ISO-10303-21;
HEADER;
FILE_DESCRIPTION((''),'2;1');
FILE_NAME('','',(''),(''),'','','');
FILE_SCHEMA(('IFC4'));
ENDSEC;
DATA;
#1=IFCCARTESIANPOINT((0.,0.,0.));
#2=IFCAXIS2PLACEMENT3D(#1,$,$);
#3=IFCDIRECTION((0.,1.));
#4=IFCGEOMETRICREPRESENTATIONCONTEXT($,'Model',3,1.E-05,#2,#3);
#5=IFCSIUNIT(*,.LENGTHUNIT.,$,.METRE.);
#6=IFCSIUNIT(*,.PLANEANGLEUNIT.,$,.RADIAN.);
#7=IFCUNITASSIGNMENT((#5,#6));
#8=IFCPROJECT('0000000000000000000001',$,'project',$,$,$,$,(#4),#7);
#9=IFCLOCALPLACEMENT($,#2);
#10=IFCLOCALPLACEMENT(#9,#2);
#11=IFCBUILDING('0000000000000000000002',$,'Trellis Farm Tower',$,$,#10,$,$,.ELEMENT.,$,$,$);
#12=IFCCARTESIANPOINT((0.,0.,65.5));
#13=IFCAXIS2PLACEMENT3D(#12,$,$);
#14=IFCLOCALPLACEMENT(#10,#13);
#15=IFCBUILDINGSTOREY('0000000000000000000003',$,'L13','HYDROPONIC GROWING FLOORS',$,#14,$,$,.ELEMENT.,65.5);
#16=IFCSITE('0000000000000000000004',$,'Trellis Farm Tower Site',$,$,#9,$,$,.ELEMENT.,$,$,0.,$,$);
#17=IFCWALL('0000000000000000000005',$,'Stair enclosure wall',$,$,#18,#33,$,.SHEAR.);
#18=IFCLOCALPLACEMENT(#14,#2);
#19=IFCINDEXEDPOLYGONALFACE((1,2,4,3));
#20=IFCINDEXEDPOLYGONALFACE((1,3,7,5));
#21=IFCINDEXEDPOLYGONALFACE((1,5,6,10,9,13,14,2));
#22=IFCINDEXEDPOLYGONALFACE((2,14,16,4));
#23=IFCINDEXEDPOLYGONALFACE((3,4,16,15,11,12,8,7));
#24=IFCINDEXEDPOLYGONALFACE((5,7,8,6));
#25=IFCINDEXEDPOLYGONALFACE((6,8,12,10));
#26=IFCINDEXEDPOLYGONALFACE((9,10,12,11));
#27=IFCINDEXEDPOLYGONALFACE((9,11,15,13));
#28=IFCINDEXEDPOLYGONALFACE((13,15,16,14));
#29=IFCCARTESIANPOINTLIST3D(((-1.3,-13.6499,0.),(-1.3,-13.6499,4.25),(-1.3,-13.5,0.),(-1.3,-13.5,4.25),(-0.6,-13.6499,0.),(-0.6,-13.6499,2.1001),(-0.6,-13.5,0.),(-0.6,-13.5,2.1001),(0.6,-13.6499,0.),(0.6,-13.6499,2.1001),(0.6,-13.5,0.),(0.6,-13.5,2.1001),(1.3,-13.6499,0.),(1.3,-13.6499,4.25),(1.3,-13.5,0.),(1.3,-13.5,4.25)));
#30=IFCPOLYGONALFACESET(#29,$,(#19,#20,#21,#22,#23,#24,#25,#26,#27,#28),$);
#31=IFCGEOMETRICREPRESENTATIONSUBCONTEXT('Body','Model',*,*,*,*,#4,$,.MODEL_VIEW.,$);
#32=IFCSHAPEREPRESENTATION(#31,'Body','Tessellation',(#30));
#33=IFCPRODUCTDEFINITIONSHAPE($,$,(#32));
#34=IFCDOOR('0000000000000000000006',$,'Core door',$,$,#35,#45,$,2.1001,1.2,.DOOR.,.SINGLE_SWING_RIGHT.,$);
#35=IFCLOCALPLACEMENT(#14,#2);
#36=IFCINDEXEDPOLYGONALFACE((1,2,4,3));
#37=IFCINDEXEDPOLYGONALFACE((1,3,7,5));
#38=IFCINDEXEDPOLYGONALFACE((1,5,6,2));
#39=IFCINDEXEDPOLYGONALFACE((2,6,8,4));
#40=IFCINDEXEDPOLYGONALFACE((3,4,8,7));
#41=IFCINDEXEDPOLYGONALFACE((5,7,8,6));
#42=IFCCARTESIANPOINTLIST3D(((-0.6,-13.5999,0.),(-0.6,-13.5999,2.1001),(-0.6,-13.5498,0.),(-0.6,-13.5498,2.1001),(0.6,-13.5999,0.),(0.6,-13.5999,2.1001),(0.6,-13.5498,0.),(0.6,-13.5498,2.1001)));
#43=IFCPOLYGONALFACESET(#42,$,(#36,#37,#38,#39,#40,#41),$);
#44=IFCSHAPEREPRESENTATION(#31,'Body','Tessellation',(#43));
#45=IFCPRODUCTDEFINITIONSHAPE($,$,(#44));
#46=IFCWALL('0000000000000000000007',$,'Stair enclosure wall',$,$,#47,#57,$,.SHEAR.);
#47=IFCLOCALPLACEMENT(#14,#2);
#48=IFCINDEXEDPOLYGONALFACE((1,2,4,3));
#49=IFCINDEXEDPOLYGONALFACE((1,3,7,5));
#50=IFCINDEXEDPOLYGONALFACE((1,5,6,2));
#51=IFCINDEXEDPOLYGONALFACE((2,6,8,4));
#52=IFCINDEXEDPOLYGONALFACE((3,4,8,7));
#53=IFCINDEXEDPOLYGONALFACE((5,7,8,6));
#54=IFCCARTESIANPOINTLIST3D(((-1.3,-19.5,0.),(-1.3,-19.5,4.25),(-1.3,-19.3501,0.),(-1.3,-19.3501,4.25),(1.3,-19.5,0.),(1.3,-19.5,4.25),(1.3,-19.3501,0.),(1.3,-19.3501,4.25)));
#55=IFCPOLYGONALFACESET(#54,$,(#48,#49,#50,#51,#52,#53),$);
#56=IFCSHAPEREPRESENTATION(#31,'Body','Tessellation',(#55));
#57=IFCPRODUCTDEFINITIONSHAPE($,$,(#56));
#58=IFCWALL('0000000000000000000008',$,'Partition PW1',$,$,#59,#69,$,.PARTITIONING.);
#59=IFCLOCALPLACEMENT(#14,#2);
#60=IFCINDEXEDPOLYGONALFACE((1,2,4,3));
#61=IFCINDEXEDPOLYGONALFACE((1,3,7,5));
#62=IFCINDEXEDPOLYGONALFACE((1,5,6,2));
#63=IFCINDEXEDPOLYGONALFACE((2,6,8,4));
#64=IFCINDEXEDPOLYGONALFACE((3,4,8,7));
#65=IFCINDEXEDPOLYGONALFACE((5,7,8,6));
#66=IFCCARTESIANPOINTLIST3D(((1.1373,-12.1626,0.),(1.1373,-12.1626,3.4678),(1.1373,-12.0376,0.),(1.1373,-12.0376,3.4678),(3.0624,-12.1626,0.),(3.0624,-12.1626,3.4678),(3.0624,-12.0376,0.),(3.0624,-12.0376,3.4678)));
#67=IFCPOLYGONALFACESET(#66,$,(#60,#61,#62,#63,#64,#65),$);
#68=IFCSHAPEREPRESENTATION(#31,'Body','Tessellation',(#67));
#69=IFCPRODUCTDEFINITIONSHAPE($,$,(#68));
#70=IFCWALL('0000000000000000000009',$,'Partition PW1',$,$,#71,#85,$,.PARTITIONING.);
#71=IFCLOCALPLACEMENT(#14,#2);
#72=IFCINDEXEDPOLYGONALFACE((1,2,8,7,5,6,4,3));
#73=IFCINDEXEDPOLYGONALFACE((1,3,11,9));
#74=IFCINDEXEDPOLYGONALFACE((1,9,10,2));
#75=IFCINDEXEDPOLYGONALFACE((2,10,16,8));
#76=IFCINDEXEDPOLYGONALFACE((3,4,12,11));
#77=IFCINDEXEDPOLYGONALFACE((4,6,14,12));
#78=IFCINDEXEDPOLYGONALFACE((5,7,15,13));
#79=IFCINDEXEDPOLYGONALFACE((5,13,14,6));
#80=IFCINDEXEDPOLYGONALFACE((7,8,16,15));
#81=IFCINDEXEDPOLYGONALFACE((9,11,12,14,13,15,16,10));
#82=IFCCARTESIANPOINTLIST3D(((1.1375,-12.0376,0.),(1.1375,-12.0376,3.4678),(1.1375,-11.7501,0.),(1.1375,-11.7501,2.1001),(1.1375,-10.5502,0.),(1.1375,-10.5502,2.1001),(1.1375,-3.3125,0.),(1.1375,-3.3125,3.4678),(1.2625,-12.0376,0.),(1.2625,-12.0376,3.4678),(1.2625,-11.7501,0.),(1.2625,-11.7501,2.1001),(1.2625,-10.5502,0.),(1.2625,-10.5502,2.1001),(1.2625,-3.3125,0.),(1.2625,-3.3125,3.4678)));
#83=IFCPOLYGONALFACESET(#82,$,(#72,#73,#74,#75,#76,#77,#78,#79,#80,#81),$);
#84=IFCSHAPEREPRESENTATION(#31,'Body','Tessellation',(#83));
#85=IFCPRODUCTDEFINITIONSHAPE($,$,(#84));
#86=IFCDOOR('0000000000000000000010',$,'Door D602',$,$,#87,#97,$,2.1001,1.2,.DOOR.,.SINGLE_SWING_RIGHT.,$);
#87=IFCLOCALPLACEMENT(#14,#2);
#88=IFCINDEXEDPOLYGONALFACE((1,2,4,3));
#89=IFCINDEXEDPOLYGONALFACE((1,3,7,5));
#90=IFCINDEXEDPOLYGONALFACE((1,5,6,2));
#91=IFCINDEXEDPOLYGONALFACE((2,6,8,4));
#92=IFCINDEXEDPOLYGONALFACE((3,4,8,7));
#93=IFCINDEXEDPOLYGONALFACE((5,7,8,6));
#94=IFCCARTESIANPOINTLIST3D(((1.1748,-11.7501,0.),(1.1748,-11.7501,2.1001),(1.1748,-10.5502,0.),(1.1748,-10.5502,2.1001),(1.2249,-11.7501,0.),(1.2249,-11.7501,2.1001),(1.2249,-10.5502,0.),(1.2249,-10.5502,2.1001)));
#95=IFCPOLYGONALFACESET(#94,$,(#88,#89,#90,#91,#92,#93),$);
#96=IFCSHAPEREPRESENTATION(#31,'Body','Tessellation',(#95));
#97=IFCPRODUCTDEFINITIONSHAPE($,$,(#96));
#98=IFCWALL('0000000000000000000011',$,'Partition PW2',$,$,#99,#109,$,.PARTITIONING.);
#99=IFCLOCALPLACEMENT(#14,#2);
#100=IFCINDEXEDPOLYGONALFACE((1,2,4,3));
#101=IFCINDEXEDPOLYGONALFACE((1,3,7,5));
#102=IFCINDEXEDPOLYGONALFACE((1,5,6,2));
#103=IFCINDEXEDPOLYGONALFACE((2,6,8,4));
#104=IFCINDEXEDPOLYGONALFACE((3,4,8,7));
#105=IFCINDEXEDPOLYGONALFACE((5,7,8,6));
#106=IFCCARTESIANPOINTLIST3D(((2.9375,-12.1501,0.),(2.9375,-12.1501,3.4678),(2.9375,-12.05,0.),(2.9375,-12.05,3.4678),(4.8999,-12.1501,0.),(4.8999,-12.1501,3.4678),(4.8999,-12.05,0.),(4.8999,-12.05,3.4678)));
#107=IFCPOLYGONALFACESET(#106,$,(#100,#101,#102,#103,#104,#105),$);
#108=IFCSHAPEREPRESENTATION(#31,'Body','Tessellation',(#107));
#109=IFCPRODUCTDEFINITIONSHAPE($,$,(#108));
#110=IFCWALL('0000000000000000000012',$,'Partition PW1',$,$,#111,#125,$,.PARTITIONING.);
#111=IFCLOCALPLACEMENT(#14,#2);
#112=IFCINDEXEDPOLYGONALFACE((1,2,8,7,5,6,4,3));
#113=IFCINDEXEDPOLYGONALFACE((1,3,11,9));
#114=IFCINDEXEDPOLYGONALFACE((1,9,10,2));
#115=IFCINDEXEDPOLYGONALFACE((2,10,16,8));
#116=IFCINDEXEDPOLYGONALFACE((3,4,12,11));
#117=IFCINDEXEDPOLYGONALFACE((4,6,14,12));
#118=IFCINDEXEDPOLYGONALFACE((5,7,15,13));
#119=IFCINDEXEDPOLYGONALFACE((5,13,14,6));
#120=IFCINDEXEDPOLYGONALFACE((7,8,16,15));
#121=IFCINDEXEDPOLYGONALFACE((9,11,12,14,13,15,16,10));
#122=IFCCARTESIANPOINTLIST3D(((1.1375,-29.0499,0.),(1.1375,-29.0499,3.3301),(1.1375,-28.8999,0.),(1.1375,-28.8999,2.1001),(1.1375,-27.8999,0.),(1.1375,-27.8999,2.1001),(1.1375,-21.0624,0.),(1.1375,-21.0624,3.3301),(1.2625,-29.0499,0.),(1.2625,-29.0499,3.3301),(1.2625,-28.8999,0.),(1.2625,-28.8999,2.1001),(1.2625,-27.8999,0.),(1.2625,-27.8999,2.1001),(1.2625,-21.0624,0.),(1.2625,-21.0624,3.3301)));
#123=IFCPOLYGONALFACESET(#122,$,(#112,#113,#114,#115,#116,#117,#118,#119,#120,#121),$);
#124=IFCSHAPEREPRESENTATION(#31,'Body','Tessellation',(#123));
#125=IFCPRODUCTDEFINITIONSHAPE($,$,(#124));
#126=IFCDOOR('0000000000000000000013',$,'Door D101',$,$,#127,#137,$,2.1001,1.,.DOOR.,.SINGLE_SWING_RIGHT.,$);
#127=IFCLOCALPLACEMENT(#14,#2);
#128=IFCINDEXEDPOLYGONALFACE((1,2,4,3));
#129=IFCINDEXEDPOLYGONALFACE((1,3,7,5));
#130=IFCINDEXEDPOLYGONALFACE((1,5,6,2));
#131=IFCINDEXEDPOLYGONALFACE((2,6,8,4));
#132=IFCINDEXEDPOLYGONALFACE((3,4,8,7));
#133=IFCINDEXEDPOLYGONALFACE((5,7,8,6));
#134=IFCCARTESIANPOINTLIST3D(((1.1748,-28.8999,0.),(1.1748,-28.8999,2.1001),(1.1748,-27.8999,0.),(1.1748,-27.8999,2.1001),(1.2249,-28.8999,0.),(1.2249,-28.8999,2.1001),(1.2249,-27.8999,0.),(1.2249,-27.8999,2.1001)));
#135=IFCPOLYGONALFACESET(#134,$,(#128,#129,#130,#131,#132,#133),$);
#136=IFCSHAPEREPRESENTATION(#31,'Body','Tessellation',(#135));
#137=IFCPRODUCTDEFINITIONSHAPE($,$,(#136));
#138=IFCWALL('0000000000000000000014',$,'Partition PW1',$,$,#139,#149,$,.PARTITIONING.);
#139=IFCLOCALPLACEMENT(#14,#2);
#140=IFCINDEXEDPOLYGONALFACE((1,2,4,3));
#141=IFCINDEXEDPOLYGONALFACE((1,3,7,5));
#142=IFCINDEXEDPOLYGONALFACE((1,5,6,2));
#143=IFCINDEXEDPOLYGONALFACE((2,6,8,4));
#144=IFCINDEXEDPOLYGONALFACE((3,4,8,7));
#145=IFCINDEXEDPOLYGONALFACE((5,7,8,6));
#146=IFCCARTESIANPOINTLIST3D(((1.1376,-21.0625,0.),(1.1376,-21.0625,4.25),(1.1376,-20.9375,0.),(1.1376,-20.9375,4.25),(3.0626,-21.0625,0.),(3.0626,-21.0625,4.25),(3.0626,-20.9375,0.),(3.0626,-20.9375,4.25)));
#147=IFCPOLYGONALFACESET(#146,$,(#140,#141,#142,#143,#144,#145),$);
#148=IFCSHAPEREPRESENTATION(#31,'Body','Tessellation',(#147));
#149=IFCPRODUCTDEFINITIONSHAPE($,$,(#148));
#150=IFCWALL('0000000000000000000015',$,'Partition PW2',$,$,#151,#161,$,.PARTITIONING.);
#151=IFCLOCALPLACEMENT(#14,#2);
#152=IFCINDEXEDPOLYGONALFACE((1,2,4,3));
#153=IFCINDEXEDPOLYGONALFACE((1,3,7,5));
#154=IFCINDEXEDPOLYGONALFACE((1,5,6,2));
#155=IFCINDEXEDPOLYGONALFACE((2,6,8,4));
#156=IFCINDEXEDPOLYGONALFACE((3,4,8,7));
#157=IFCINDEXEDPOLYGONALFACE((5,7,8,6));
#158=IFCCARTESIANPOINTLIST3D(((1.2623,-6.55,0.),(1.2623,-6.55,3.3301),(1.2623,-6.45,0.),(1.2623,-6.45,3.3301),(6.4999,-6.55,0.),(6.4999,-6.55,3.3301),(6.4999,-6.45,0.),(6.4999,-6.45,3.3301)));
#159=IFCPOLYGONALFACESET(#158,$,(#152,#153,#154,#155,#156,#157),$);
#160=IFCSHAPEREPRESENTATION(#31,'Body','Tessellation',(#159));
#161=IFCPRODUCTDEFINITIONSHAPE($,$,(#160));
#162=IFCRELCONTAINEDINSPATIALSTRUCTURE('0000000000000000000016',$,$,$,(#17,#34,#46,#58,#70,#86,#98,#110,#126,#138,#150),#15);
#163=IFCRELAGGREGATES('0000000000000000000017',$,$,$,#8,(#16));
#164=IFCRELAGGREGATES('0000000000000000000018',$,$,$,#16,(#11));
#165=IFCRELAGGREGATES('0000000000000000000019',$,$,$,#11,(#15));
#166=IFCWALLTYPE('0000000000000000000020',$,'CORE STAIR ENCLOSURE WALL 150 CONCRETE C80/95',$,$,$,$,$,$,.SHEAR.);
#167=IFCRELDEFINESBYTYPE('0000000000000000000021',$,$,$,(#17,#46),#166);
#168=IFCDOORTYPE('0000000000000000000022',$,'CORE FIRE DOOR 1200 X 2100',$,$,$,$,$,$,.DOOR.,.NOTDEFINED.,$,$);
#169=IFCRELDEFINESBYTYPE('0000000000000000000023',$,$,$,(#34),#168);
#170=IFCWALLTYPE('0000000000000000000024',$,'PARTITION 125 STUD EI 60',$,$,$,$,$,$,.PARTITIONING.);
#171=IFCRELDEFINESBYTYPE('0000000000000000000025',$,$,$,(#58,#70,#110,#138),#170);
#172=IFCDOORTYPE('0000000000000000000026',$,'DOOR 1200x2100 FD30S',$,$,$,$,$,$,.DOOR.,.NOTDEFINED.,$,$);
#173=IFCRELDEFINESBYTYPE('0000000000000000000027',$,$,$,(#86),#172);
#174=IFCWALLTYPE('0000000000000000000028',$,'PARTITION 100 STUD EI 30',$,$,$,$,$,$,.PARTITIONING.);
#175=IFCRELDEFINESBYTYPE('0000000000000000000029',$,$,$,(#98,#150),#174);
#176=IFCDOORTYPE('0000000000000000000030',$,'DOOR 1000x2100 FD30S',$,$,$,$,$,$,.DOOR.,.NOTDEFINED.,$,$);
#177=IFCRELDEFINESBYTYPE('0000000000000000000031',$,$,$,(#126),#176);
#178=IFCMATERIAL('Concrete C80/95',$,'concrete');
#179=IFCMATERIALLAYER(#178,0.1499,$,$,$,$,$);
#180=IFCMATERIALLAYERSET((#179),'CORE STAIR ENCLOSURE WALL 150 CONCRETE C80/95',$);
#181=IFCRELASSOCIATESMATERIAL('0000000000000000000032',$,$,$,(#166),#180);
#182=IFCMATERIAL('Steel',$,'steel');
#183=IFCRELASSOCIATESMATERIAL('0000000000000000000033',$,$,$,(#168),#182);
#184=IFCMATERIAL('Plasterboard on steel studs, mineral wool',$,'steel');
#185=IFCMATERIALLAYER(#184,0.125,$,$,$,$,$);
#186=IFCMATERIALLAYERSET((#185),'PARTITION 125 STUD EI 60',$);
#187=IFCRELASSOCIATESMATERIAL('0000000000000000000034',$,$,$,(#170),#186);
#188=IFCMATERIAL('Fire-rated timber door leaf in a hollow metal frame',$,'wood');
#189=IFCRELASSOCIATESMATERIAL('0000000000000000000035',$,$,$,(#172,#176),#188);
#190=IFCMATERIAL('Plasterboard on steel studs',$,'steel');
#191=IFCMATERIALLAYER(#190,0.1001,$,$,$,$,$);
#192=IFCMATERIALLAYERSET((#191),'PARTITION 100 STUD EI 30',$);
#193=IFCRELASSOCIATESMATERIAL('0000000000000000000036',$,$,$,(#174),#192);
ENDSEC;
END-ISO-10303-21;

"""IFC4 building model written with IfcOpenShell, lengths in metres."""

from ifc_helpers import new_model, si_unit, direction, frame, frame_2d, origin, place, context, subcontext, project, spatial, rectangle, extrude, source, transform, mapped, material, layer, layer_set, type_object, element, fill, save


model = new_model("IFC4")

# Units and contexts
model_context = context("Model", 3, precision=1e-05, world=origin(), true_north=direction((0.0, 1.0)))
body_context = subcontext(model_context, "Body", "Model", "MODEL_VIEW")
ifc_project = project(units=[si_unit("LENGTHUNIT", "METRE"), si_unit("PLANEANGLEUNIT", "RADIAN")], contexts=[model_context])

# Site, building, storey
site_placement = place(None, origin())
site = spatial("IfcSite", under=ifc_project, at=site_placement, Name="Trellis Farm Tower Site", CompositionType="ELEMENT", RefElevation=0.0)
building_placement = place(site_placement, origin())
building = spatial("IfcBuilding", under=site, at=building_placement, Name="Trellis Farm Tower", CompositionType="ELEMENT")
storey_placement = place(building_placement, frame((0.0, 0.0, 65.5)))
storey = spatial("IfcBuildingStorey", under=building, at=storey_placement, Name="L13", Description="HYDROPONIC GROWING FLOORS", CompositionType="ELEMENT", Elevation=65.5)

# Shared definitions
ifc_material_1 = material(Name="Concrete C80/95", Category="concrete")

# Wall, opening, door
ifc_layer_1 = layer(ifc_material_1, 0.1499)
ifc_layer_set_1 = layer_set([ifc_layer_1], Name="CORE STAIR ENCLOSURE WALL 150 CONCRETE C80/95")
wall_type_1 = type_object("IfcWallType", Name="CORE STAIR ENCLOSURE WALL 150 CONCRETE C80/95", PredefinedType="SHEAR", material=ifc_layer_set_1)
shared_shape_1 = source(origin(), body_context, "Body", "SweptSolid", [
    extrude(rectangle(XDim=2.6001, YDim=0.1499, at=frame_2d((1.3, 0.0))), origin(), (0.0, 0.0, 1.0), 4.25),
])
wall_1_placement = place(storey_placement, frame((1.3, -13.575, 0.0), z_axis=(0.0, 0.0, 1.0), x_axis=(-1.0, 0.0, 0.0)))
wall_1 = element("IfcWall", 1, at=wall_1_placement, inside=storey, type_object=wall_type_1, Name="Stair enclosure wall", PredefinedType="SHEAR", context=body_context, shape_type="MappedRepresentation", body=[
    mapped(shared_shape_1, transform((0.0, 0.0, 0.0))),
])
shared_shape_2 = source(origin(), body_context, "Body", "SweptSolid", [
    extrude(rectangle(XDim=1.2, YDim=2.1001, at=frame_2d((0.6001, 1.05))), frame((0.0, 0.085, 0.0), z_axis=(0.0, -1.0, 0.0), x_axis=(1.0, 0.0, 0.0)), (0.0, 0.0, 1.0), 0.1699),
])
opening_1_placement = place(wall_1_placement, frame((0.7, 0.0, 0.0)))
opening_1 = element("IfcOpeningElement", 2, at=opening_1_placement, cuts=wall_1, PredefinedType="OPENING", context=body_context, shape_type="MappedRepresentation", body=[
    mapped(shared_shape_2, transform((0.0, 0.0, 0.0))),
])
ifc_material_2 = material(Name="Steel", Category="steel")
door_type_1 = type_object("IfcDoorType", Name="CORE FIRE DOOR 1200 X 2100", OperationType="NOTDEFINED", PredefinedType="DOOR", material=ifc_material_2)
shared_shape_3 = source(origin(), body_context, "Body", "SweptSolid", [
    extrude(rectangle(XDim=1.2, YDim=2.1001, at=frame_2d((0.6001, 1.05))), frame((0.0, 0.0249, 0.0), z_axis=(0.0, -1.0, 0.0), x_axis=(1.0, 0.0, 0.0)), (0.0, 0.0, 1.0), 0.05),
])
door_1_placement = place(opening_1_placement, origin())
door_1 = element("IfcDoor", 3, at=door_1_placement, inside=storey, type_object=door_type_1, Name="Core door", OperationType="SINGLE_SWING_RIGHT", OverallHeight=2.1001, OverallWidth=1.2, PredefinedType="DOOR", context=body_context, shape_type="MappedRepresentation", body=[
    mapped(shared_shape_3, transform((0.0, 0.0, 0.0))),
])
fill(opening_1, door_1)

# Walls
wall_2_placement = place(storey_placement, frame((1.3, -19.425, 0.0), z_axis=(0.0, 0.0, 1.0), x_axis=(-1.0, 0.0, 0.0)))
element("IfcWall", 4, at=wall_2_placement, inside=storey, type_object=wall_type_1, Name="Stair enclosure wall", PredefinedType="SHEAR", context=body_context, shape_type="MappedRepresentation", body=[
    mapped(shared_shape_1, transform((0.0, 0.0, 0.0))),
])
ifc_material_3 = material(Name="Plasterboard on steel studs, mineral wool", Category="steel")
ifc_layer_2 = layer(ifc_material_3, 0.125)
ifc_layer_set_2 = layer_set([ifc_layer_2], Name="PARTITION 125 STUD EI 60")
wall_type_2 = type_object("IfcWallType", Name="PARTITION 125 STUD EI 60", PredefinedType="PARTITIONING", material=ifc_layer_set_2)
shared_shape_4 = source(origin(), body_context, "Body", "SweptSolid", [
    extrude(rectangle(XDim=1.925, YDim=0.125, at=frame_2d((0.9624, 0.0))), origin(), (0.0, 0.0, 1.0), 3.4678),
])
wall_3_placement = place(storey_placement, frame((1.1375, -12.1001, 0.0), z_axis=(0.0, 0.0, 1.0), x_axis=(1.0, 0.0, 0.0)))
element("IfcWall", 5, at=wall_3_placement, inside=storey, type_object=wall_type_2, Name="Partition PW1", PredefinedType="PARTITIONING", context=body_context, shape_type="MappedRepresentation", body=[
    mapped(shared_shape_4, transform((0.0, 0.0, 0.0))),
])

# Wall, opening, door
shared_shape_5 = source(origin(), body_context, "Body", "SweptSolid", [
    extrude(rectangle(XDim=8.7251, YDim=0.125, at=frame_2d((4.3625, 0.0))), origin(), (0.0, 0.0, 1.0), 3.4678),
])
wall_4_placement = place(storey_placement, frame((1.2, -3.3125, 0.0), z_axis=(0.0, 0.0, 1.0), x_axis=(0.0, -1.0, 0.0)))
wall_4 = element("IfcWall", 6, at=wall_4_placement, inside=storey, type_object=wall_type_2, Name="Partition PW1", PredefinedType="PARTITIONING", context=body_context, shape_type="MappedRepresentation", body=[
    mapped(shared_shape_5, transform((0.0, 0.0, 0.0))),
])
shared_shape_6 = source(origin(), body_context, "Body", "SweptSolid", [
    extrude(rectangle(XDim=1.2, YDim=2.1001, at=frame_2d((0.6001, 1.05))), frame((0.0, 0.0725, 0.0), z_axis=(0.0, -1.0, 0.0), x_axis=(1.0, 0.0, 0.0)), (0.0, 0.0, 1.0), 0.145),
])
opening_2_placement = place(wall_4_placement, frame((7.2375, 0.0, 0.0)))
opening_2 = element("IfcOpeningElement", 7, at=opening_2_placement, cuts=wall_4, PredefinedType="OPENING", context=body_context, shape_type="MappedRepresentation", body=[
    mapped(shared_shape_6, transform((0.0, 0.0, 0.0))),
])
ifc_material_4 = material(Name="Fire-rated timber door leaf in a hollow metal frame", Category="wood")
door_type_2 = type_object("IfcDoorType", Name="DOOR 1200x2100 FD30S", OperationType="NOTDEFINED", PredefinedType="DOOR", material=ifc_material_4)
door_2_placement = place(opening_2_placement, origin())
door_2 = element("IfcDoor", 8, at=door_2_placement, inside=storey, type_object=door_type_2, Name="Door D602", OperationType="SINGLE_SWING_RIGHT", OverallHeight=2.1001, OverallWidth=1.2, PredefinedType="DOOR", context=body_context, shape_type="MappedRepresentation", body=[
    mapped(shared_shape_3, transform((0.0, 0.0, 0.0))),
])
fill(opening_2, door_2)

# Wall
ifc_material_5 = material(Name="Plasterboard on steel studs", Category="steel")
ifc_layer_3 = layer(ifc_material_5, 0.1001)
ifc_layer_set_3 = layer_set([ifc_layer_3], Name="PARTITION 100 STUD EI 30")
wall_type_3 = type_object("IfcWallType", Name="PARTITION 100 STUD EI 30", PredefinedType="PARTITIONING", material=ifc_layer_set_3)
shared_shape_7 = source(origin(), body_context, "Body", "SweptSolid", [
    extrude(rectangle(XDim=1.9624, YDim=0.1001, at=frame_2d((0.9812, 0.0))), origin(), (0.0, 0.0, 1.0), 3.4678),
])
wall_5_placement = place(storey_placement, frame((2.9375, -12.1001, 0.0), z_axis=(0.0, 0.0, 1.0), x_axis=(1.0, 0.0, 0.0)))
element("IfcWall", 9, at=wall_5_placement, inside=storey, type_object=wall_type_3, Name="Partition PW2", PredefinedType="PARTITIONING", context=body_context, shape_type="MappedRepresentation", body=[
    mapped(shared_shape_7, transform((0.0, 0.0, 0.0))),
])

# Wall, opening, door
shared_shape_8 = source(origin(), body_context, "Body", "SweptSolid", [
    extrude(rectangle(XDim=7.9875, YDim=0.125, at=frame_2d((3.9937, 0.0))), origin(), (0.0, 0.0, 1.0), 3.3301),
])
wall_6_placement = place(storey_placement, frame((1.2, -21.0625, 0.0), z_axis=(0.0, 0.0, 1.0), x_axis=(0.0, -1.0, 0.0)))
wall_6 = element("IfcWall", 10, at=wall_6_placement, inside=storey, type_object=wall_type_2, Name="Partition PW1", PredefinedType="PARTITIONING", context=body_context, shape_type="MappedRepresentation", body=[
    mapped(shared_shape_8, transform((0.0, 0.0, 0.0))),
])
shared_shape_9 = source(origin(), body_context, "Body", "SweptSolid", [
    extrude(rectangle(XDim=1.0, YDim=2.1001, at=frame_2d((0.5, 1.05))), frame((0.0, 0.0725, 0.0), z_axis=(0.0, -1.0, 0.0), x_axis=(1.0, 0.0, 0.0)), (0.0, 0.0, 1.0), 0.145),
])
opening_3_placement = place(wall_6_placement, frame((6.8374, 0.0, 0.0)))
opening_3 = element("IfcOpeningElement", 11, at=opening_3_placement, cuts=wall_6, PredefinedType="OPENING", context=body_context, shape_type="MappedRepresentation", body=[
    mapped(shared_shape_9, transform((0.0, 0.0, 0.0))),
])
door_type_3 = type_object("IfcDoorType", Name="DOOR 1000x2100 FD30S", OperationType="NOTDEFINED", PredefinedType="DOOR", material=ifc_material_4)
shared_shape_10 = source(origin(), body_context, "Body", "SweptSolid", [
    extrude(rectangle(XDim=1.0, YDim=2.1001, at=frame_2d((0.5, 1.05))), frame((0.0, 0.0249, 0.0), z_axis=(0.0, -1.0, 0.0), x_axis=(1.0, 0.0, 0.0)), (0.0, 0.0, 1.0), 0.05),
])
door_3_placement = place(opening_3_placement, origin())
door_3 = element("IfcDoor", 12, at=door_3_placement, inside=storey, type_object=door_type_3, Name="Door D101", OperationType="SINGLE_SWING_RIGHT", OverallHeight=2.1001, OverallWidth=1.0, PredefinedType="DOOR", context=body_context, shape_type="MappedRepresentation", body=[
    mapped(shared_shape_10, transform((0.0, 0.0, 0.0))),
])
fill(opening_3, door_3)

# Walls
shared_shape_11 = source(origin(), body_context, "Body", "SweptSolid", [
    extrude(rectangle(XDim=1.925, YDim=0.125, at=frame_2d((0.9624, 0.0))), origin(), (0.0, 0.0, 1.0), 4.25),
])
wall_7_placement = place(storey_placement, frame((3.0625, -21.0, 0.0), z_axis=(0.0, 0.0, 1.0), x_axis=(-1.0, 0.0, 0.0)))
element("IfcWall", 13, at=wall_7_placement, inside=storey, type_object=wall_type_2, Name="Partition PW1", PredefinedType="PARTITIONING", context=body_context, shape_type="MappedRepresentation", body=[
    mapped(shared_shape_11, transform((0.0, 0.0, 0.0))),
])
shared_shape_12 = source(origin(), body_context, "Body", "SweptSolid", [
    extrude(rectangle(XDim=5.2375, YDim=0.1001, at=frame_2d((2.6187, 0.0))), origin(), (0.0, 0.0, 1.0), 3.3301),
])
wall_8_placement = place(storey_placement, frame((1.2625, -6.5, 0.0), z_axis=(0.0, 0.0, 1.0), x_axis=(1.0, 0.0, 0.0)))
element("IfcWall", 14, at=wall_8_placement, inside=storey, type_object=wall_type_3, Name="Partition PW2", PredefinedType="PARTITIONING", context=body_context, shape_type="MappedRepresentation", body=[
    mapped(shared_shape_12, transform((0.0, 0.0, 0.0))),
])

save(model, "model.ifc")
